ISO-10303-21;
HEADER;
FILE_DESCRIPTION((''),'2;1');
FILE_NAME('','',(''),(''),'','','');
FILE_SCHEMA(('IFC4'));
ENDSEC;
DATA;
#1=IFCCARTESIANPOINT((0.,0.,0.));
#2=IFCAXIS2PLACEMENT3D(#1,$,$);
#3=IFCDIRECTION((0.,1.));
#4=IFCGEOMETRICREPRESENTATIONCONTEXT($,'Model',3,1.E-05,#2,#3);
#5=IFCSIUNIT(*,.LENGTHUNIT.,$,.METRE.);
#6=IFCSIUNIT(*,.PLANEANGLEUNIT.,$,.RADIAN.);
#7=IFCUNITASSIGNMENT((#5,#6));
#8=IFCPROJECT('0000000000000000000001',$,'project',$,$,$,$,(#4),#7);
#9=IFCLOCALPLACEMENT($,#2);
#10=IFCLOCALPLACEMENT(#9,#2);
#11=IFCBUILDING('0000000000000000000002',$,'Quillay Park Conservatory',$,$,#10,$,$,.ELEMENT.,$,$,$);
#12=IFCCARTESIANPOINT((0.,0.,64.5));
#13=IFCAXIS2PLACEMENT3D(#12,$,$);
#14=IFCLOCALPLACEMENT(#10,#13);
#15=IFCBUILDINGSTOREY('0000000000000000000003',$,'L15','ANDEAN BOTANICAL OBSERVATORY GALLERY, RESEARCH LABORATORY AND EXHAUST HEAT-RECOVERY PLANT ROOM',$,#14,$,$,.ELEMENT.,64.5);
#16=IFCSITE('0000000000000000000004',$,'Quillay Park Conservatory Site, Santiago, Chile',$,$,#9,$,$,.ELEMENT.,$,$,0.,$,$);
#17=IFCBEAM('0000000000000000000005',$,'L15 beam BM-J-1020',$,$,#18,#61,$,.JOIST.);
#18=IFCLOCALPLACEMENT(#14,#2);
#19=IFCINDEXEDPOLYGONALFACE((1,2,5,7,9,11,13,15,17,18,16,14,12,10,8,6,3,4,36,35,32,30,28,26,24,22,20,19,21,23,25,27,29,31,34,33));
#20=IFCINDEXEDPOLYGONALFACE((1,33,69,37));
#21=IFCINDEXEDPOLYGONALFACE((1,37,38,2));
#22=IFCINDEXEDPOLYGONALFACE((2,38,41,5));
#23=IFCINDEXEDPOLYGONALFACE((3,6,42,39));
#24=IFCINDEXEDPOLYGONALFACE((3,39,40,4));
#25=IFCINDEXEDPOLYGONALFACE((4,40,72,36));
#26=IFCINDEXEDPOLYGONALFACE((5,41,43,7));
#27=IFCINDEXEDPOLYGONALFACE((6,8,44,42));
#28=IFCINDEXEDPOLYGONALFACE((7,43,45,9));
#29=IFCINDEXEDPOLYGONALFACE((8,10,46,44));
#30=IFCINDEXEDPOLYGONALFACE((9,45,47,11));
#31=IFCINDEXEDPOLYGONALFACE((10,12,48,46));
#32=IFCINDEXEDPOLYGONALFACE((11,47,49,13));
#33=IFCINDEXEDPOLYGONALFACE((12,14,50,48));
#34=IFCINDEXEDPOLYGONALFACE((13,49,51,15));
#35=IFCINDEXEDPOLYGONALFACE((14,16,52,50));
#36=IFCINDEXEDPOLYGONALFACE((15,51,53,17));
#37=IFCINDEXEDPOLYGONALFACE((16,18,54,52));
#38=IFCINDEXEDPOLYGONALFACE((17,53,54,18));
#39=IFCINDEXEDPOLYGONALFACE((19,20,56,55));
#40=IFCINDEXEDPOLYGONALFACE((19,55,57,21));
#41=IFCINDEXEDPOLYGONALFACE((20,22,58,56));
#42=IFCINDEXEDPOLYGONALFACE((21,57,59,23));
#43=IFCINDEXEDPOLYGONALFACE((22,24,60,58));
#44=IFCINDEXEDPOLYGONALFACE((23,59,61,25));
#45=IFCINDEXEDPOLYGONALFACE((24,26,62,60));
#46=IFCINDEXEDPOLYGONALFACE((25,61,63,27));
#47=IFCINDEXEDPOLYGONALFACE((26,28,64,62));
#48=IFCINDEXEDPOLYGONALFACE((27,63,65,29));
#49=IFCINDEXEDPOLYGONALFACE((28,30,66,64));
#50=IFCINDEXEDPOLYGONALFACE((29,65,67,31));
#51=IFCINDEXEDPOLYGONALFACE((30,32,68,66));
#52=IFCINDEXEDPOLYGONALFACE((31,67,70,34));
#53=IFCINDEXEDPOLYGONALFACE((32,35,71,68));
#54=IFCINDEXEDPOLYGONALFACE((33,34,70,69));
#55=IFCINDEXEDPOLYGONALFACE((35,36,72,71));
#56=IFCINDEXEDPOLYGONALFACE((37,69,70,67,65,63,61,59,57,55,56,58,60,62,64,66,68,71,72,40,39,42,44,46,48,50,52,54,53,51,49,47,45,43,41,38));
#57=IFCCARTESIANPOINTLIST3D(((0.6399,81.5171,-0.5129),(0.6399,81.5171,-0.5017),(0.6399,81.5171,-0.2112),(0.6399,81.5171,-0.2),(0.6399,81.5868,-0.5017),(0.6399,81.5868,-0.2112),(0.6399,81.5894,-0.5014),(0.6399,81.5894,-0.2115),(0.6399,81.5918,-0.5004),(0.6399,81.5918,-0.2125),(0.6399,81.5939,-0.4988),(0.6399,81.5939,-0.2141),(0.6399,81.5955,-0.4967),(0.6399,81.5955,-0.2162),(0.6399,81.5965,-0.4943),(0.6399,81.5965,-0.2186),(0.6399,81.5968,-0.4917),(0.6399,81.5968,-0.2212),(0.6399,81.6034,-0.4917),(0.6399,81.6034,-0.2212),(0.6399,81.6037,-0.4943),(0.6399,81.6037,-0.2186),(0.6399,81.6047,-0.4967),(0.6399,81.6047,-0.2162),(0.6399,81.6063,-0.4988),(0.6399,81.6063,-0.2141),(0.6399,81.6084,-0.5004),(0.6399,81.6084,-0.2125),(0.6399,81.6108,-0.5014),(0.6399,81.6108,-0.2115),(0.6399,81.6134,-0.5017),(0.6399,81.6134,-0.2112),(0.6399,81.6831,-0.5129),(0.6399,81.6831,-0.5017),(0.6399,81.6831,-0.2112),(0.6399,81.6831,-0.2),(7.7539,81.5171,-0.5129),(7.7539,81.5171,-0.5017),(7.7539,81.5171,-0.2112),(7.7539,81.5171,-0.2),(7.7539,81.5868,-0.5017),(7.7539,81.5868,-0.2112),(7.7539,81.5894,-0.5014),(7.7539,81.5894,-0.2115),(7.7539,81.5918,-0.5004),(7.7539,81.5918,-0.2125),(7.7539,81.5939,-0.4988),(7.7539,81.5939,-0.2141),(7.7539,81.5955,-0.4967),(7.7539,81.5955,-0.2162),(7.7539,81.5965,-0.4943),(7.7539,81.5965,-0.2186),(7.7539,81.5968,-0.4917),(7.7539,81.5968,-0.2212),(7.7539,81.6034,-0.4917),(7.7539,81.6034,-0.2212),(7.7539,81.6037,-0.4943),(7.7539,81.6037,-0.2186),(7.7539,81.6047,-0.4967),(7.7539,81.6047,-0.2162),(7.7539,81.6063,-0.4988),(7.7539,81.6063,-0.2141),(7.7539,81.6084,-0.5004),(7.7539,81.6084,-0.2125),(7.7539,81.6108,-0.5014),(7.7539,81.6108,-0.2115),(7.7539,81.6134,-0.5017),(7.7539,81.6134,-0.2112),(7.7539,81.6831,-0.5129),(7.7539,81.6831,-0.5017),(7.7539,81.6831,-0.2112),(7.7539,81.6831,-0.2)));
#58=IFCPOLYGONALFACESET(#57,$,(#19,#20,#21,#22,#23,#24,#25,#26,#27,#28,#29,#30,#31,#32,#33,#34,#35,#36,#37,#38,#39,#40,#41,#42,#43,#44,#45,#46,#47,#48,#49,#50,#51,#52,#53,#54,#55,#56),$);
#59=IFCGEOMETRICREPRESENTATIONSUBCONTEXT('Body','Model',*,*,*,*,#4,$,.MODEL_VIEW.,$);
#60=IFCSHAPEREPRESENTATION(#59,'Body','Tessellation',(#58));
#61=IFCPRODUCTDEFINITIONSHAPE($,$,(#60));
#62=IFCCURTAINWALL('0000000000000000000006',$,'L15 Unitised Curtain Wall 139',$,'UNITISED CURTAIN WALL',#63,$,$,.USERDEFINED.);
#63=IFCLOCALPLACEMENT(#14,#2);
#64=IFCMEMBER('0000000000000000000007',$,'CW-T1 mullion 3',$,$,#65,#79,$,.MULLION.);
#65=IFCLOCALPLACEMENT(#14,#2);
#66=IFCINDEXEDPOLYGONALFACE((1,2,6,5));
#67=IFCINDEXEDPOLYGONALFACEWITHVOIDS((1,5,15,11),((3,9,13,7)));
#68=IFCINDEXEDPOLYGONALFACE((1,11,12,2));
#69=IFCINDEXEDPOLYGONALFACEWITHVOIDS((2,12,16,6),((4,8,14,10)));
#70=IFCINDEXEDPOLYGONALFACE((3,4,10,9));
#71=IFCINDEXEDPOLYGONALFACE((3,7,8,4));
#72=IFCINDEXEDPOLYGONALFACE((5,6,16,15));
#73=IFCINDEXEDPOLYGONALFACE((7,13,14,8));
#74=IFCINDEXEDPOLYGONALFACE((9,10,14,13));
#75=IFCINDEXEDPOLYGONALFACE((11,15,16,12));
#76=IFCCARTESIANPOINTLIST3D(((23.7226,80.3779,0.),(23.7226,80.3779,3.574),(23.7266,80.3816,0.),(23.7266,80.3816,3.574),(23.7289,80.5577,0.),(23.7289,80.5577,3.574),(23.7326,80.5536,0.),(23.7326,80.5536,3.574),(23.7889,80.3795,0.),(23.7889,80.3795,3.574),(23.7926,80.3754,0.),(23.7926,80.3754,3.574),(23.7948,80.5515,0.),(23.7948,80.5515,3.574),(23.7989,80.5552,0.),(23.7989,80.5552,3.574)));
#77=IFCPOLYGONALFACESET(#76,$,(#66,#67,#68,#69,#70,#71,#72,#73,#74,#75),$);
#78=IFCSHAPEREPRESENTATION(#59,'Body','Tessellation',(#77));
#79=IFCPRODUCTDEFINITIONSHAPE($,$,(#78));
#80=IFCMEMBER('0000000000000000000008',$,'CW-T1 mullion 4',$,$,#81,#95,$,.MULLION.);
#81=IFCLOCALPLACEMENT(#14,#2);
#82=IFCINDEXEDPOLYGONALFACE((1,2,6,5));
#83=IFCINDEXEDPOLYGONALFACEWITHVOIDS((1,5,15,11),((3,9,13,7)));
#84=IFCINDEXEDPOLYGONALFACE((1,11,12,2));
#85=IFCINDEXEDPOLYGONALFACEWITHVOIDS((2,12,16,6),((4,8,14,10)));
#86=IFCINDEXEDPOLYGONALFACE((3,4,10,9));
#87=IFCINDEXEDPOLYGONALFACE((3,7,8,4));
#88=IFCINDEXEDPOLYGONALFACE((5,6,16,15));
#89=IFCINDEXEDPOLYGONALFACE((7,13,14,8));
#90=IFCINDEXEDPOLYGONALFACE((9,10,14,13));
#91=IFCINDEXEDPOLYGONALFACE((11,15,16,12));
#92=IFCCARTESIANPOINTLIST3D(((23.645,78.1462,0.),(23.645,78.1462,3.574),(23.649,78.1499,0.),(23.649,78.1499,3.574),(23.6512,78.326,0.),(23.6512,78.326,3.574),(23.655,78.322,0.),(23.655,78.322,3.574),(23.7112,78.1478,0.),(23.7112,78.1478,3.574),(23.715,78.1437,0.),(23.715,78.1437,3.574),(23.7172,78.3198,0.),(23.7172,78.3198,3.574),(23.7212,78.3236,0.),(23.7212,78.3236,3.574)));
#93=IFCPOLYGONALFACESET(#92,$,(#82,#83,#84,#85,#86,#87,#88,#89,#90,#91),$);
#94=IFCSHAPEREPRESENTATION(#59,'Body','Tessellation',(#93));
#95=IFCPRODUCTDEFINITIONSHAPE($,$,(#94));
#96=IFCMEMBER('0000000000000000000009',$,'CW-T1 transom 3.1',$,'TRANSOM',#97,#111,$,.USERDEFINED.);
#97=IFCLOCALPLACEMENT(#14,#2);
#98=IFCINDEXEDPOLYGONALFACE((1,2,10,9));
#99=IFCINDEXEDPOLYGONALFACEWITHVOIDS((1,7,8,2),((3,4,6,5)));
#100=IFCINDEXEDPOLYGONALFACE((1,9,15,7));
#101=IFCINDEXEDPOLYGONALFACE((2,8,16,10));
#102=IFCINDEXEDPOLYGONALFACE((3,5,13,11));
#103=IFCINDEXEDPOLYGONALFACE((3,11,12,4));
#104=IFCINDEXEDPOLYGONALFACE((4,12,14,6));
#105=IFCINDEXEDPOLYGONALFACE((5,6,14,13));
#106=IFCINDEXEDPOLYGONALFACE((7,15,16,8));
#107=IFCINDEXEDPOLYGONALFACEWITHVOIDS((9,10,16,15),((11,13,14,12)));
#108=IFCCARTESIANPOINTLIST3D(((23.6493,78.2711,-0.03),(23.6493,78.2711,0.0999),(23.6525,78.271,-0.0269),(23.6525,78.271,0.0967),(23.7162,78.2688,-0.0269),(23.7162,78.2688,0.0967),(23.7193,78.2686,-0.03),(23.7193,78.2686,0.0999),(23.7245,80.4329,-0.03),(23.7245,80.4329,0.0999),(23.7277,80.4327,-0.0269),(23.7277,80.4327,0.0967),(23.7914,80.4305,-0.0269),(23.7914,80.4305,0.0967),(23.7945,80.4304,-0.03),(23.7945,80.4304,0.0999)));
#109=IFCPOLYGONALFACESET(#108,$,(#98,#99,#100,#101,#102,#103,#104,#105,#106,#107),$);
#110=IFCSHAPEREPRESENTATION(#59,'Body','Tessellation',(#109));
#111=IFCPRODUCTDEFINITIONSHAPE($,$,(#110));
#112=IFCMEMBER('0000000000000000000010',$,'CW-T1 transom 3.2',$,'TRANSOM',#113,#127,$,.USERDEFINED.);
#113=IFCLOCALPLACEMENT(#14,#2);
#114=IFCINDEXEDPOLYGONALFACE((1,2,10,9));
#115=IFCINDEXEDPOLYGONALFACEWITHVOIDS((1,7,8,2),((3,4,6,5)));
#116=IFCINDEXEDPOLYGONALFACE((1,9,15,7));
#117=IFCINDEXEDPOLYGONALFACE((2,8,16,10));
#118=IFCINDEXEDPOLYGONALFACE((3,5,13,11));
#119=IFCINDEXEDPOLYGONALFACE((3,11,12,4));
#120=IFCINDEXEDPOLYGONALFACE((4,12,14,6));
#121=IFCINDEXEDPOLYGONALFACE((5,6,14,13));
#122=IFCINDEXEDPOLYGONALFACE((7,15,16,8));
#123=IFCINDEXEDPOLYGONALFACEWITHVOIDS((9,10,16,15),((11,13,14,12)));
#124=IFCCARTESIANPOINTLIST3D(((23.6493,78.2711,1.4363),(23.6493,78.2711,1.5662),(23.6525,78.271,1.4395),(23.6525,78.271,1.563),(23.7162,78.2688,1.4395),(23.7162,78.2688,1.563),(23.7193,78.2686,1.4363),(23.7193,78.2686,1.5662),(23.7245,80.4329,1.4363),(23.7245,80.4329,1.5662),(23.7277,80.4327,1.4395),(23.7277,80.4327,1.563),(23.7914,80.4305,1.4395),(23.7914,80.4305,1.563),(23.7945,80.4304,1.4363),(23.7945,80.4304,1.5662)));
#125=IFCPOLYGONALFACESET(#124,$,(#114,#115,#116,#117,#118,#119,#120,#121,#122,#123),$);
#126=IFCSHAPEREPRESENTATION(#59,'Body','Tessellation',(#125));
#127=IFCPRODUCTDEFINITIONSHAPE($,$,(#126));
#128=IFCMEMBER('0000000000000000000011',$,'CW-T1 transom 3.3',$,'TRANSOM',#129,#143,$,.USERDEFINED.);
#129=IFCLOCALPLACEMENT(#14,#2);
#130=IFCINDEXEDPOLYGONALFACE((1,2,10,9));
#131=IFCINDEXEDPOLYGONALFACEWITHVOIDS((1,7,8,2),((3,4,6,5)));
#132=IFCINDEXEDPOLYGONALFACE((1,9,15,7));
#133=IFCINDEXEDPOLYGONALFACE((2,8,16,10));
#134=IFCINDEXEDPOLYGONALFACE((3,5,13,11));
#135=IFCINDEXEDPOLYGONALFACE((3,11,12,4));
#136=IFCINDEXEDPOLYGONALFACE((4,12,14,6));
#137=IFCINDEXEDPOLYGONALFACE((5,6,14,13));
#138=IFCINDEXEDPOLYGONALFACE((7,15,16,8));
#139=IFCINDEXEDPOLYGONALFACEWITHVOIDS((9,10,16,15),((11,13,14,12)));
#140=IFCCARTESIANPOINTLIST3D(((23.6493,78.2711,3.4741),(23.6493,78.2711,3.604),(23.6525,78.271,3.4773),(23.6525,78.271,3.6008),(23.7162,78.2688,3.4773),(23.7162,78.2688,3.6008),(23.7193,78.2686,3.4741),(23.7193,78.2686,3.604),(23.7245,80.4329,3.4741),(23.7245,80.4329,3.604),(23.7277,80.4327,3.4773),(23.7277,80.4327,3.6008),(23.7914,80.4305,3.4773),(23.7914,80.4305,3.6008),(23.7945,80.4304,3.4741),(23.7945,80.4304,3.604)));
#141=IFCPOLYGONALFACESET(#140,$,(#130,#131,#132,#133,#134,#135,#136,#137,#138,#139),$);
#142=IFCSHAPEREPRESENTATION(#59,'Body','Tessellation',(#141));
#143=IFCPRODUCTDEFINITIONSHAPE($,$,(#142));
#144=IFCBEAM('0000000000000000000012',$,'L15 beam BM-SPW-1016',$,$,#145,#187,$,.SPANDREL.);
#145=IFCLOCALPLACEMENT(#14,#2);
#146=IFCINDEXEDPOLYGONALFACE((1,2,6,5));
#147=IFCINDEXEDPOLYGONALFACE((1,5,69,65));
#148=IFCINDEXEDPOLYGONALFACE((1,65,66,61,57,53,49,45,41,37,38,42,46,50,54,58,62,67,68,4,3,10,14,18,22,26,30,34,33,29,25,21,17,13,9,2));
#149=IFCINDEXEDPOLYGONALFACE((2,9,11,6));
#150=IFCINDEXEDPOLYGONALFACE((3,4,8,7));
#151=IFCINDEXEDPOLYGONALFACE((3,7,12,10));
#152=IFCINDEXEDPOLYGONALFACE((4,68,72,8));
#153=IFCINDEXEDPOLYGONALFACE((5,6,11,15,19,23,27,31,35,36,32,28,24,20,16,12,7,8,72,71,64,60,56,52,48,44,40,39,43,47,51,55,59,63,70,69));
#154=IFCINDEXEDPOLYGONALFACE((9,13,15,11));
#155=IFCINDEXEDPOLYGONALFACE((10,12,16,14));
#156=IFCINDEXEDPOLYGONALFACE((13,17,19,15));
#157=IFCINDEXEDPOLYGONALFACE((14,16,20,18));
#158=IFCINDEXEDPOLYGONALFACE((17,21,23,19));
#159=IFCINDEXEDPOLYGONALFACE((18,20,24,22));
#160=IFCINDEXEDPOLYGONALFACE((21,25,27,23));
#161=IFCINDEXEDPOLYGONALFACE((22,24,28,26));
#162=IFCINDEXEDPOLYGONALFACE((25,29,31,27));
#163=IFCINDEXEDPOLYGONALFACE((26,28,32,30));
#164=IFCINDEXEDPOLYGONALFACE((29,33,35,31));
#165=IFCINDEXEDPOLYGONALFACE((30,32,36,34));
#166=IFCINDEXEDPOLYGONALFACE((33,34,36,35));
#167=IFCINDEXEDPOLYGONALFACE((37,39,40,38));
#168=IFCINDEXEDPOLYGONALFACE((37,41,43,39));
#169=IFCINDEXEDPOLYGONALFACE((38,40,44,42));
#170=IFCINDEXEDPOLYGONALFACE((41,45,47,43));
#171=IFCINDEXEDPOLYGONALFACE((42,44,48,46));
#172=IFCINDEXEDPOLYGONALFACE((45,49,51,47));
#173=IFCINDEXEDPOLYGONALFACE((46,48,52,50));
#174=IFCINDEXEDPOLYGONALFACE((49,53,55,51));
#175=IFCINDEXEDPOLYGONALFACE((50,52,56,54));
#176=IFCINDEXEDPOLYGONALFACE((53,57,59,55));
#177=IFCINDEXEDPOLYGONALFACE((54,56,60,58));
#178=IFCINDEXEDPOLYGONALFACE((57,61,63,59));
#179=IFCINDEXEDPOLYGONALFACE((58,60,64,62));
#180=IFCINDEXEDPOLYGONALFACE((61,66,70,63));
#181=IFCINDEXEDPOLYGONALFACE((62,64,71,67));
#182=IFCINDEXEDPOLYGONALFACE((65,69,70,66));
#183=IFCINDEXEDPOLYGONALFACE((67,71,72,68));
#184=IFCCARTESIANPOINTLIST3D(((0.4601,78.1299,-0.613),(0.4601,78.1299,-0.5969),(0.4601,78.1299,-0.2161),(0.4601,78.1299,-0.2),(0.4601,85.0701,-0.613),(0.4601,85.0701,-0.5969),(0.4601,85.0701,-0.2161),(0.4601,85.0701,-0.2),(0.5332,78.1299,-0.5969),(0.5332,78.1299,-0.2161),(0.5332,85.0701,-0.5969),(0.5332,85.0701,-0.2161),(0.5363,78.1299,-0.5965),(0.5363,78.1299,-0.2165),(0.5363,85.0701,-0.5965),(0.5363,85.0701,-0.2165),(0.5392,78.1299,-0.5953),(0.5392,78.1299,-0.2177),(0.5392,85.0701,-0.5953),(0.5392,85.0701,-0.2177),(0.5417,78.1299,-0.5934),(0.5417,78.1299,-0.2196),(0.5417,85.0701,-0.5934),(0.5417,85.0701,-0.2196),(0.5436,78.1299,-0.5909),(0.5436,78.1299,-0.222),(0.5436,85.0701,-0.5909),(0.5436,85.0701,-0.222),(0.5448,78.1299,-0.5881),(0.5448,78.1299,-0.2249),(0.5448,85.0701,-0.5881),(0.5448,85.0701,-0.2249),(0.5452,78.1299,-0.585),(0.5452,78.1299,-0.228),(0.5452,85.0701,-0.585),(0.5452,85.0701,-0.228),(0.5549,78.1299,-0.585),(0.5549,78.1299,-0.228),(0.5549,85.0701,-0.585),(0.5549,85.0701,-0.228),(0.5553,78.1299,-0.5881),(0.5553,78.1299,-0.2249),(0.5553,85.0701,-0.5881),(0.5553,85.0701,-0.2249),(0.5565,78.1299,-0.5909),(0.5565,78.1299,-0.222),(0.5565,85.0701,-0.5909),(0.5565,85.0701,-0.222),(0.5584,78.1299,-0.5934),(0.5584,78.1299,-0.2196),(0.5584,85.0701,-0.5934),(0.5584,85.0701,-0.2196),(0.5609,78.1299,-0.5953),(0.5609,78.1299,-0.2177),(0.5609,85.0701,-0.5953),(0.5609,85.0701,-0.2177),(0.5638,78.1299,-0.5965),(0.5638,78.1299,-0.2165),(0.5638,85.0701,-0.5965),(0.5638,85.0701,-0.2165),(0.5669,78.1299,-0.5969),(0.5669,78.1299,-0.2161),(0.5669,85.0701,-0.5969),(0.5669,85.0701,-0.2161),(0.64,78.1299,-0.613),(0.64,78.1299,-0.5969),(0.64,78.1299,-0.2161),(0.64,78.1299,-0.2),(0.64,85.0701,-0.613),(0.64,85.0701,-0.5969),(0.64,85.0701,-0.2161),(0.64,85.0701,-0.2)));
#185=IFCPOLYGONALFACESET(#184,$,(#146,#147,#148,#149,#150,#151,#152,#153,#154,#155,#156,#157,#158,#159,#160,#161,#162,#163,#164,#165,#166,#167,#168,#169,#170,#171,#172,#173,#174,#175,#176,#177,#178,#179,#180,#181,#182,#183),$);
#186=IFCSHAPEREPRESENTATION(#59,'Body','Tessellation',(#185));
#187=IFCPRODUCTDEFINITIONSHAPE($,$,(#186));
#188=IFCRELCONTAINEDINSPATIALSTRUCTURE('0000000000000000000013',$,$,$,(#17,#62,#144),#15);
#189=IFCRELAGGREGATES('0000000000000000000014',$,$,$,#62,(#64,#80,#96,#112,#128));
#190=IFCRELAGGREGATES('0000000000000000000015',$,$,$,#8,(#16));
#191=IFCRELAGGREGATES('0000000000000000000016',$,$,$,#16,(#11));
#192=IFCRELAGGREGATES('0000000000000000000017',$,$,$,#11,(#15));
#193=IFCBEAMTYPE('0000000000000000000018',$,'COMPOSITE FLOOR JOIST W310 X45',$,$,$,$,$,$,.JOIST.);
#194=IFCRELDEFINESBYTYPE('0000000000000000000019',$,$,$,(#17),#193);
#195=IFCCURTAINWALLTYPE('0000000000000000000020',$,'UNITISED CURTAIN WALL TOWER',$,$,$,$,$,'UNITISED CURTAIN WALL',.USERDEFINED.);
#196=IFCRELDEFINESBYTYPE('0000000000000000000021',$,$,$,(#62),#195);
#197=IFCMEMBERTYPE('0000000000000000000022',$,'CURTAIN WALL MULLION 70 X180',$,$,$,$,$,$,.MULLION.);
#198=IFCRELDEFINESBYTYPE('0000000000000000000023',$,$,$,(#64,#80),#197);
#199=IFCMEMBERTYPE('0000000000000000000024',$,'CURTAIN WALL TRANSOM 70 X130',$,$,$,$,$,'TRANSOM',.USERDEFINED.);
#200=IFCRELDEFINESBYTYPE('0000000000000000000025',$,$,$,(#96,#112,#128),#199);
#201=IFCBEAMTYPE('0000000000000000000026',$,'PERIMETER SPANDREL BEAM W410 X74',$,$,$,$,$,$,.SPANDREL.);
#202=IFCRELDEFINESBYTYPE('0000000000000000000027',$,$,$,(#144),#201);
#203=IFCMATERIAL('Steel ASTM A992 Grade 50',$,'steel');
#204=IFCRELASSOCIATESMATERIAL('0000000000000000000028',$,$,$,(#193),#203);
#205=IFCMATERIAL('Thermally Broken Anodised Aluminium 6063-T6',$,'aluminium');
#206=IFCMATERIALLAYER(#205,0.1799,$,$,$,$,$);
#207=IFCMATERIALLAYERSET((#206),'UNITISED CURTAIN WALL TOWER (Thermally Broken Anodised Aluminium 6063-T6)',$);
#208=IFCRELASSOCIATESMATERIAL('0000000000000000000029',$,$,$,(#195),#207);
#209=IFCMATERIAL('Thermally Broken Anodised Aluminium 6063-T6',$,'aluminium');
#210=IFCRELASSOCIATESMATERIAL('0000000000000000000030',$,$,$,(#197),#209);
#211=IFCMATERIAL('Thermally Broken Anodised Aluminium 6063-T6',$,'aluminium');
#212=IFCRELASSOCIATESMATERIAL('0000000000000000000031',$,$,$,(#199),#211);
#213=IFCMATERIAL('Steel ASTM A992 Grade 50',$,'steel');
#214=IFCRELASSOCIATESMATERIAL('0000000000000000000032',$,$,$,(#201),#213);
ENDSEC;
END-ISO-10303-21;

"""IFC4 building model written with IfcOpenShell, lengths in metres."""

from ifc_helpers import new_model, si_unit, direction, frame, origin, origin_2d, place, context, subcontext, project, spatial, hollow_rectangle, i_section, extrude, material, layer, layer_set, material_profile, profile_set, type_object, element, aggregate, save


model = new_model("IFC4")

# Units and contexts
model_context = context("Model", 3, precision=1e-05, world=origin(), true_north=direction((0.0, 1.0)))
body_context = subcontext(model_context, "Body", "Model", "MODEL_VIEW")
ifc_project = project(units=[si_unit("LENGTHUNIT", "METRE"), si_unit("PLANEANGLEUNIT", "RADIAN")], contexts=[model_context])

# Site, building, storey
site_placement = place(None, origin())
site = spatial("IfcSite", under=ifc_project, at=site_placement, Name="Quillay Park Conservatory Site, Santiago, Chile", CompositionType="ELEMENT", RefElevation=0.0)
building_placement = place(site_placement, origin())
building = spatial("IfcBuilding", under=site, at=building_placement, Name="Quillay Park Conservatory", CompositionType="ELEMENT")
storey_placement = place(building_placement, frame((0.0, 0.0, 64.5)))
storey = spatial("IfcBuildingStorey", under=building, at=storey_placement, Name="L15", Description="ANDEAN BOTANICAL OBSERVATORY GALLERY, RESEARCH LABORATORY AND EXHAUST HEAT-RECOVERY PLANT ROOM", CompositionType="ELEMENT", Elevation=64.5)

# Beam
ifc_material_1 = material(Name="Steel ASTM A992 Grade 50", Category="steel")
ifc_material_profile_1 = material_profile(ifc_material_1, i_section(OverallWidth=0.166, OverallDepth=0.313, WebThickness=0.0066, FlangeThickness=0.0112, FilletRadius=0.01, at=origin_2d()), Name="W310x45")
ifc_profile_set_1 = profile_set([ifc_material_profile_1], Name="Steel ASTM A992 Grade 50")
beam_type_1 = type_object("IfcBeamType", Name="COMPOSITE FLOOR JOIST W310 X45", PredefinedType="JOIST", material=ifc_profile_set_1)
beam_1_placement = place(storey_placement, frame((0.6399, 81.6001, -0.3564), z_axis=(1.0, 0.0, 0.0), x_axis=(0.0, 1.0, 0.0)))
element("IfcBeam", 1, at=beam_1_placement, inside=storey, type_object=beam_type_1, Name="L15 beam BM-J-1020", PredefinedType="JOIST", context=body_context, shape_type="SweptSolid", body=[
    extrude(i_section(OverallWidth=0.166, OverallDepth=0.313, WebThickness=0.0066, FlangeThickness=0.0112, FilletRadius=0.01, at=origin_2d()), origin(), (0.0, 0.0, 1.0), 7.114),
])

# Curtain wall, members
ifc_material_2 = material(Name="Thermally Broken Anodised Aluminium 6063-T6", Category="aluminium")
ifc_layer_1 = layer(ifc_material_2, 0.1799)
ifc_layer_set_1 = layer_set([ifc_layer_1], Name="UNITISED CURTAIN WALL TOWER (Thermally Broken Anodised Aluminium 6063-T6)")
curtain_wall_type = type_object("IfcCurtainWallType", Name="UNITISED CURTAIN WALL TOWER", ElementType="UNITISED CURTAIN WALL", PredefinedType="USERDEFINED", material=ifc_layer_set_1)
curtain_wall_placement = place(storey_placement, origin())
curtain_wall = element("IfcCurtainWall", 2, at=curtain_wall_placement, inside=storey, type_object=curtain_wall_type, Name="L15 Unitised Curtain Wall 139", ObjectType="UNITISED CURTAIN WALL", PredefinedType="USERDEFINED")
ifc_material_3 = material(Name="Thermally Broken Anodised Aluminium 6063-T6", Category="aluminium")
ifc_material_profile_2 = material_profile(ifc_material_3, hollow_rectangle(XDim=0.0701, YDim=0.1799, WallThickness=0.0039, at=origin_2d()), Name="AL70x180x4")
ifc_profile_set_2 = profile_set([ifc_material_profile_2], Name="Thermally Broken Anodised Aluminium 6063-T6")
member_type_1 = type_object("IfcMemberType", Name="CURTAIN WALL MULLION 70 X180", PredefinedType="MULLION", material=ifc_profile_set_2)
member_1_placement = place(storey_placement, frame((23.7607, 80.4666, 0.0), z_axis=(0.0, 0.0, 1.0), x_axis=(0.999397, -0.034713, 0.0)))
member_1 = element("IfcMember", 3, at=member_1_placement, type_object=member_type_1, Name="CW-T1 mullion 3", PredefinedType="MULLION", context=body_context, shape_type="SweptSolid", body=[
    extrude(hollow_rectangle(XDim=0.0701, YDim=0.1799, WallThickness=0.0039, at=origin_2d()), origin(), (0.0, 0.0, 1.0), 3.574),
])
member_2_placement = place(storey_placement, frame((23.6831, 78.2349, 0.0), z_axis=(0.0, 0.0, 1.0), x_axis=(0.999397, -0.034713, 0.0)))
member_2 = element("IfcMember", 4, at=member_2_placement, type_object=member_type_1, Name="CW-T1 mullion 4", PredefinedType="MULLION", context=body_context, shape_type="SweptSolid", body=[
    extrude(hollow_rectangle(XDim=0.0701, YDim=0.1799, WallThickness=0.0039, at=origin_2d()), origin(), (0.0, 0.0, 1.0), 3.574),
])
ifc_material_4 = material(Name="Thermally Broken Anodised Aluminium 6063-T6", Category="aluminium")
ifc_material_profile_3 = material_profile(ifc_material_4, hollow_rectangle(XDim=0.0701, YDim=0.1299, WallThickness=0.0032, at=origin_2d()), Name="AL70x130x3.2")
ifc_profile_set_3 = profile_set([ifc_material_profile_3], Name="Thermally Broken Anodised Aluminium 6063-T6")
member_type_2 = type_object("IfcMemberType", Name="CURTAIN WALL TRANSOM 70 X130", ElementType="TRANSOM", PredefinedType="USERDEFINED", material=ifc_profile_set_3)
member_3_placement = place(storey_placement, frame((23.7595, 80.4316, 0.0349), z_axis=(-0.034762, -0.999396, 0.0), x_axis=(0.999396, -0.034762, 0.0)))
member_3 = element("IfcMember", 5, at=member_3_placement, type_object=member_type_2, Name="CW-T1 transom 3.1", ObjectType="TRANSOM", PredefinedType="USERDEFINED", context=body_context, shape_type="SweptSolid", body=[
    extrude(hollow_rectangle(XDim=0.0701, YDim=0.1299, WallThickness=0.0032, at=origin_2d()), origin(), (0.0, 0.0, 1.0), 2.1631),
])
member_4_placement = place(storey_placement, frame((23.7595, 80.4316, 1.5012), z_axis=(-0.034762, -0.999396, 0.0), x_axis=(0.999396, -0.034762, 0.0)))
member_4 = element("IfcMember", 6, at=member_4_placement, type_object=member_type_2, Name="CW-T1 transom 3.2", ObjectType="TRANSOM", PredefinedType="USERDEFINED", context=body_context, shape_type="SweptSolid", body=[
    extrude(hollow_rectangle(XDim=0.0701, YDim=0.1299, WallThickness=0.0032, at=origin_2d()), origin(), (0.0, 0.0, 1.0), 2.1631),
])
member_5_placement = place(storey_placement, frame((23.7595, 80.4316, 3.5391), z_axis=(-0.034762, -0.999396, 0.0), x_axis=(0.999396, -0.034762, 0.0)))
member_5 = element("IfcMember", 7, at=member_5_placement, type_object=member_type_2, Name="CW-T1 transom 3.3", ObjectType="TRANSOM", PredefinedType="USERDEFINED", context=body_context, shape_type="SweptSolid", body=[
    extrude(hollow_rectangle(XDim=0.0701, YDim=0.1299, WallThickness=0.0032, at=origin_2d()), origin(), (0.0, 0.0, 1.0), 2.1631),
])

# Beam
ifc_material_5 = material(Name="Steel ASTM A992 Grade 50", Category="steel")
ifc_material_profile_4 = material_profile(ifc_material_5, i_section(OverallWidth=0.1799, OverallDepth=0.4131, WebThickness=0.0098, FlangeThickness=0.0161, FilletRadius=0.012, at=origin_2d()), Name="W410x74")
ifc_profile_set_4 = profile_set([ifc_material_profile_4], Name="Steel ASTM A992 Grade 50")
beam_type_2 = type_object("IfcBeamType", Name="PERIMETER SPANDREL BEAM W410 X74", PredefinedType="SPANDREL", material=ifc_profile_set_4)
beam_2_placement = place(storey_placement, frame((0.55, 78.1299, -0.4065), z_axis=(0.0, 1.0, 0.0), x_axis=(-1.0, 0.0, 0.0)))
element("IfcBeam", 8, at=beam_2_placement, inside=storey, type_object=beam_type_2, Name="L15 beam BM-SPW-1016", PredefinedType="SPANDREL", context=body_context, shape_type="SweptSolid", body=[
    extrude(i_section(OverallWidth=0.1799, OverallDepth=0.4131, WebThickness=0.0098, FlangeThickness=0.0161, FilletRadius=0.012, at=origin_2d()), origin(), (0.0, 0.0, 1.0), 6.9402),
])

aggregate(curtain_wall, [member_1, member_2, member_3, member_4, member_5])

save(model, "model.ifc")
